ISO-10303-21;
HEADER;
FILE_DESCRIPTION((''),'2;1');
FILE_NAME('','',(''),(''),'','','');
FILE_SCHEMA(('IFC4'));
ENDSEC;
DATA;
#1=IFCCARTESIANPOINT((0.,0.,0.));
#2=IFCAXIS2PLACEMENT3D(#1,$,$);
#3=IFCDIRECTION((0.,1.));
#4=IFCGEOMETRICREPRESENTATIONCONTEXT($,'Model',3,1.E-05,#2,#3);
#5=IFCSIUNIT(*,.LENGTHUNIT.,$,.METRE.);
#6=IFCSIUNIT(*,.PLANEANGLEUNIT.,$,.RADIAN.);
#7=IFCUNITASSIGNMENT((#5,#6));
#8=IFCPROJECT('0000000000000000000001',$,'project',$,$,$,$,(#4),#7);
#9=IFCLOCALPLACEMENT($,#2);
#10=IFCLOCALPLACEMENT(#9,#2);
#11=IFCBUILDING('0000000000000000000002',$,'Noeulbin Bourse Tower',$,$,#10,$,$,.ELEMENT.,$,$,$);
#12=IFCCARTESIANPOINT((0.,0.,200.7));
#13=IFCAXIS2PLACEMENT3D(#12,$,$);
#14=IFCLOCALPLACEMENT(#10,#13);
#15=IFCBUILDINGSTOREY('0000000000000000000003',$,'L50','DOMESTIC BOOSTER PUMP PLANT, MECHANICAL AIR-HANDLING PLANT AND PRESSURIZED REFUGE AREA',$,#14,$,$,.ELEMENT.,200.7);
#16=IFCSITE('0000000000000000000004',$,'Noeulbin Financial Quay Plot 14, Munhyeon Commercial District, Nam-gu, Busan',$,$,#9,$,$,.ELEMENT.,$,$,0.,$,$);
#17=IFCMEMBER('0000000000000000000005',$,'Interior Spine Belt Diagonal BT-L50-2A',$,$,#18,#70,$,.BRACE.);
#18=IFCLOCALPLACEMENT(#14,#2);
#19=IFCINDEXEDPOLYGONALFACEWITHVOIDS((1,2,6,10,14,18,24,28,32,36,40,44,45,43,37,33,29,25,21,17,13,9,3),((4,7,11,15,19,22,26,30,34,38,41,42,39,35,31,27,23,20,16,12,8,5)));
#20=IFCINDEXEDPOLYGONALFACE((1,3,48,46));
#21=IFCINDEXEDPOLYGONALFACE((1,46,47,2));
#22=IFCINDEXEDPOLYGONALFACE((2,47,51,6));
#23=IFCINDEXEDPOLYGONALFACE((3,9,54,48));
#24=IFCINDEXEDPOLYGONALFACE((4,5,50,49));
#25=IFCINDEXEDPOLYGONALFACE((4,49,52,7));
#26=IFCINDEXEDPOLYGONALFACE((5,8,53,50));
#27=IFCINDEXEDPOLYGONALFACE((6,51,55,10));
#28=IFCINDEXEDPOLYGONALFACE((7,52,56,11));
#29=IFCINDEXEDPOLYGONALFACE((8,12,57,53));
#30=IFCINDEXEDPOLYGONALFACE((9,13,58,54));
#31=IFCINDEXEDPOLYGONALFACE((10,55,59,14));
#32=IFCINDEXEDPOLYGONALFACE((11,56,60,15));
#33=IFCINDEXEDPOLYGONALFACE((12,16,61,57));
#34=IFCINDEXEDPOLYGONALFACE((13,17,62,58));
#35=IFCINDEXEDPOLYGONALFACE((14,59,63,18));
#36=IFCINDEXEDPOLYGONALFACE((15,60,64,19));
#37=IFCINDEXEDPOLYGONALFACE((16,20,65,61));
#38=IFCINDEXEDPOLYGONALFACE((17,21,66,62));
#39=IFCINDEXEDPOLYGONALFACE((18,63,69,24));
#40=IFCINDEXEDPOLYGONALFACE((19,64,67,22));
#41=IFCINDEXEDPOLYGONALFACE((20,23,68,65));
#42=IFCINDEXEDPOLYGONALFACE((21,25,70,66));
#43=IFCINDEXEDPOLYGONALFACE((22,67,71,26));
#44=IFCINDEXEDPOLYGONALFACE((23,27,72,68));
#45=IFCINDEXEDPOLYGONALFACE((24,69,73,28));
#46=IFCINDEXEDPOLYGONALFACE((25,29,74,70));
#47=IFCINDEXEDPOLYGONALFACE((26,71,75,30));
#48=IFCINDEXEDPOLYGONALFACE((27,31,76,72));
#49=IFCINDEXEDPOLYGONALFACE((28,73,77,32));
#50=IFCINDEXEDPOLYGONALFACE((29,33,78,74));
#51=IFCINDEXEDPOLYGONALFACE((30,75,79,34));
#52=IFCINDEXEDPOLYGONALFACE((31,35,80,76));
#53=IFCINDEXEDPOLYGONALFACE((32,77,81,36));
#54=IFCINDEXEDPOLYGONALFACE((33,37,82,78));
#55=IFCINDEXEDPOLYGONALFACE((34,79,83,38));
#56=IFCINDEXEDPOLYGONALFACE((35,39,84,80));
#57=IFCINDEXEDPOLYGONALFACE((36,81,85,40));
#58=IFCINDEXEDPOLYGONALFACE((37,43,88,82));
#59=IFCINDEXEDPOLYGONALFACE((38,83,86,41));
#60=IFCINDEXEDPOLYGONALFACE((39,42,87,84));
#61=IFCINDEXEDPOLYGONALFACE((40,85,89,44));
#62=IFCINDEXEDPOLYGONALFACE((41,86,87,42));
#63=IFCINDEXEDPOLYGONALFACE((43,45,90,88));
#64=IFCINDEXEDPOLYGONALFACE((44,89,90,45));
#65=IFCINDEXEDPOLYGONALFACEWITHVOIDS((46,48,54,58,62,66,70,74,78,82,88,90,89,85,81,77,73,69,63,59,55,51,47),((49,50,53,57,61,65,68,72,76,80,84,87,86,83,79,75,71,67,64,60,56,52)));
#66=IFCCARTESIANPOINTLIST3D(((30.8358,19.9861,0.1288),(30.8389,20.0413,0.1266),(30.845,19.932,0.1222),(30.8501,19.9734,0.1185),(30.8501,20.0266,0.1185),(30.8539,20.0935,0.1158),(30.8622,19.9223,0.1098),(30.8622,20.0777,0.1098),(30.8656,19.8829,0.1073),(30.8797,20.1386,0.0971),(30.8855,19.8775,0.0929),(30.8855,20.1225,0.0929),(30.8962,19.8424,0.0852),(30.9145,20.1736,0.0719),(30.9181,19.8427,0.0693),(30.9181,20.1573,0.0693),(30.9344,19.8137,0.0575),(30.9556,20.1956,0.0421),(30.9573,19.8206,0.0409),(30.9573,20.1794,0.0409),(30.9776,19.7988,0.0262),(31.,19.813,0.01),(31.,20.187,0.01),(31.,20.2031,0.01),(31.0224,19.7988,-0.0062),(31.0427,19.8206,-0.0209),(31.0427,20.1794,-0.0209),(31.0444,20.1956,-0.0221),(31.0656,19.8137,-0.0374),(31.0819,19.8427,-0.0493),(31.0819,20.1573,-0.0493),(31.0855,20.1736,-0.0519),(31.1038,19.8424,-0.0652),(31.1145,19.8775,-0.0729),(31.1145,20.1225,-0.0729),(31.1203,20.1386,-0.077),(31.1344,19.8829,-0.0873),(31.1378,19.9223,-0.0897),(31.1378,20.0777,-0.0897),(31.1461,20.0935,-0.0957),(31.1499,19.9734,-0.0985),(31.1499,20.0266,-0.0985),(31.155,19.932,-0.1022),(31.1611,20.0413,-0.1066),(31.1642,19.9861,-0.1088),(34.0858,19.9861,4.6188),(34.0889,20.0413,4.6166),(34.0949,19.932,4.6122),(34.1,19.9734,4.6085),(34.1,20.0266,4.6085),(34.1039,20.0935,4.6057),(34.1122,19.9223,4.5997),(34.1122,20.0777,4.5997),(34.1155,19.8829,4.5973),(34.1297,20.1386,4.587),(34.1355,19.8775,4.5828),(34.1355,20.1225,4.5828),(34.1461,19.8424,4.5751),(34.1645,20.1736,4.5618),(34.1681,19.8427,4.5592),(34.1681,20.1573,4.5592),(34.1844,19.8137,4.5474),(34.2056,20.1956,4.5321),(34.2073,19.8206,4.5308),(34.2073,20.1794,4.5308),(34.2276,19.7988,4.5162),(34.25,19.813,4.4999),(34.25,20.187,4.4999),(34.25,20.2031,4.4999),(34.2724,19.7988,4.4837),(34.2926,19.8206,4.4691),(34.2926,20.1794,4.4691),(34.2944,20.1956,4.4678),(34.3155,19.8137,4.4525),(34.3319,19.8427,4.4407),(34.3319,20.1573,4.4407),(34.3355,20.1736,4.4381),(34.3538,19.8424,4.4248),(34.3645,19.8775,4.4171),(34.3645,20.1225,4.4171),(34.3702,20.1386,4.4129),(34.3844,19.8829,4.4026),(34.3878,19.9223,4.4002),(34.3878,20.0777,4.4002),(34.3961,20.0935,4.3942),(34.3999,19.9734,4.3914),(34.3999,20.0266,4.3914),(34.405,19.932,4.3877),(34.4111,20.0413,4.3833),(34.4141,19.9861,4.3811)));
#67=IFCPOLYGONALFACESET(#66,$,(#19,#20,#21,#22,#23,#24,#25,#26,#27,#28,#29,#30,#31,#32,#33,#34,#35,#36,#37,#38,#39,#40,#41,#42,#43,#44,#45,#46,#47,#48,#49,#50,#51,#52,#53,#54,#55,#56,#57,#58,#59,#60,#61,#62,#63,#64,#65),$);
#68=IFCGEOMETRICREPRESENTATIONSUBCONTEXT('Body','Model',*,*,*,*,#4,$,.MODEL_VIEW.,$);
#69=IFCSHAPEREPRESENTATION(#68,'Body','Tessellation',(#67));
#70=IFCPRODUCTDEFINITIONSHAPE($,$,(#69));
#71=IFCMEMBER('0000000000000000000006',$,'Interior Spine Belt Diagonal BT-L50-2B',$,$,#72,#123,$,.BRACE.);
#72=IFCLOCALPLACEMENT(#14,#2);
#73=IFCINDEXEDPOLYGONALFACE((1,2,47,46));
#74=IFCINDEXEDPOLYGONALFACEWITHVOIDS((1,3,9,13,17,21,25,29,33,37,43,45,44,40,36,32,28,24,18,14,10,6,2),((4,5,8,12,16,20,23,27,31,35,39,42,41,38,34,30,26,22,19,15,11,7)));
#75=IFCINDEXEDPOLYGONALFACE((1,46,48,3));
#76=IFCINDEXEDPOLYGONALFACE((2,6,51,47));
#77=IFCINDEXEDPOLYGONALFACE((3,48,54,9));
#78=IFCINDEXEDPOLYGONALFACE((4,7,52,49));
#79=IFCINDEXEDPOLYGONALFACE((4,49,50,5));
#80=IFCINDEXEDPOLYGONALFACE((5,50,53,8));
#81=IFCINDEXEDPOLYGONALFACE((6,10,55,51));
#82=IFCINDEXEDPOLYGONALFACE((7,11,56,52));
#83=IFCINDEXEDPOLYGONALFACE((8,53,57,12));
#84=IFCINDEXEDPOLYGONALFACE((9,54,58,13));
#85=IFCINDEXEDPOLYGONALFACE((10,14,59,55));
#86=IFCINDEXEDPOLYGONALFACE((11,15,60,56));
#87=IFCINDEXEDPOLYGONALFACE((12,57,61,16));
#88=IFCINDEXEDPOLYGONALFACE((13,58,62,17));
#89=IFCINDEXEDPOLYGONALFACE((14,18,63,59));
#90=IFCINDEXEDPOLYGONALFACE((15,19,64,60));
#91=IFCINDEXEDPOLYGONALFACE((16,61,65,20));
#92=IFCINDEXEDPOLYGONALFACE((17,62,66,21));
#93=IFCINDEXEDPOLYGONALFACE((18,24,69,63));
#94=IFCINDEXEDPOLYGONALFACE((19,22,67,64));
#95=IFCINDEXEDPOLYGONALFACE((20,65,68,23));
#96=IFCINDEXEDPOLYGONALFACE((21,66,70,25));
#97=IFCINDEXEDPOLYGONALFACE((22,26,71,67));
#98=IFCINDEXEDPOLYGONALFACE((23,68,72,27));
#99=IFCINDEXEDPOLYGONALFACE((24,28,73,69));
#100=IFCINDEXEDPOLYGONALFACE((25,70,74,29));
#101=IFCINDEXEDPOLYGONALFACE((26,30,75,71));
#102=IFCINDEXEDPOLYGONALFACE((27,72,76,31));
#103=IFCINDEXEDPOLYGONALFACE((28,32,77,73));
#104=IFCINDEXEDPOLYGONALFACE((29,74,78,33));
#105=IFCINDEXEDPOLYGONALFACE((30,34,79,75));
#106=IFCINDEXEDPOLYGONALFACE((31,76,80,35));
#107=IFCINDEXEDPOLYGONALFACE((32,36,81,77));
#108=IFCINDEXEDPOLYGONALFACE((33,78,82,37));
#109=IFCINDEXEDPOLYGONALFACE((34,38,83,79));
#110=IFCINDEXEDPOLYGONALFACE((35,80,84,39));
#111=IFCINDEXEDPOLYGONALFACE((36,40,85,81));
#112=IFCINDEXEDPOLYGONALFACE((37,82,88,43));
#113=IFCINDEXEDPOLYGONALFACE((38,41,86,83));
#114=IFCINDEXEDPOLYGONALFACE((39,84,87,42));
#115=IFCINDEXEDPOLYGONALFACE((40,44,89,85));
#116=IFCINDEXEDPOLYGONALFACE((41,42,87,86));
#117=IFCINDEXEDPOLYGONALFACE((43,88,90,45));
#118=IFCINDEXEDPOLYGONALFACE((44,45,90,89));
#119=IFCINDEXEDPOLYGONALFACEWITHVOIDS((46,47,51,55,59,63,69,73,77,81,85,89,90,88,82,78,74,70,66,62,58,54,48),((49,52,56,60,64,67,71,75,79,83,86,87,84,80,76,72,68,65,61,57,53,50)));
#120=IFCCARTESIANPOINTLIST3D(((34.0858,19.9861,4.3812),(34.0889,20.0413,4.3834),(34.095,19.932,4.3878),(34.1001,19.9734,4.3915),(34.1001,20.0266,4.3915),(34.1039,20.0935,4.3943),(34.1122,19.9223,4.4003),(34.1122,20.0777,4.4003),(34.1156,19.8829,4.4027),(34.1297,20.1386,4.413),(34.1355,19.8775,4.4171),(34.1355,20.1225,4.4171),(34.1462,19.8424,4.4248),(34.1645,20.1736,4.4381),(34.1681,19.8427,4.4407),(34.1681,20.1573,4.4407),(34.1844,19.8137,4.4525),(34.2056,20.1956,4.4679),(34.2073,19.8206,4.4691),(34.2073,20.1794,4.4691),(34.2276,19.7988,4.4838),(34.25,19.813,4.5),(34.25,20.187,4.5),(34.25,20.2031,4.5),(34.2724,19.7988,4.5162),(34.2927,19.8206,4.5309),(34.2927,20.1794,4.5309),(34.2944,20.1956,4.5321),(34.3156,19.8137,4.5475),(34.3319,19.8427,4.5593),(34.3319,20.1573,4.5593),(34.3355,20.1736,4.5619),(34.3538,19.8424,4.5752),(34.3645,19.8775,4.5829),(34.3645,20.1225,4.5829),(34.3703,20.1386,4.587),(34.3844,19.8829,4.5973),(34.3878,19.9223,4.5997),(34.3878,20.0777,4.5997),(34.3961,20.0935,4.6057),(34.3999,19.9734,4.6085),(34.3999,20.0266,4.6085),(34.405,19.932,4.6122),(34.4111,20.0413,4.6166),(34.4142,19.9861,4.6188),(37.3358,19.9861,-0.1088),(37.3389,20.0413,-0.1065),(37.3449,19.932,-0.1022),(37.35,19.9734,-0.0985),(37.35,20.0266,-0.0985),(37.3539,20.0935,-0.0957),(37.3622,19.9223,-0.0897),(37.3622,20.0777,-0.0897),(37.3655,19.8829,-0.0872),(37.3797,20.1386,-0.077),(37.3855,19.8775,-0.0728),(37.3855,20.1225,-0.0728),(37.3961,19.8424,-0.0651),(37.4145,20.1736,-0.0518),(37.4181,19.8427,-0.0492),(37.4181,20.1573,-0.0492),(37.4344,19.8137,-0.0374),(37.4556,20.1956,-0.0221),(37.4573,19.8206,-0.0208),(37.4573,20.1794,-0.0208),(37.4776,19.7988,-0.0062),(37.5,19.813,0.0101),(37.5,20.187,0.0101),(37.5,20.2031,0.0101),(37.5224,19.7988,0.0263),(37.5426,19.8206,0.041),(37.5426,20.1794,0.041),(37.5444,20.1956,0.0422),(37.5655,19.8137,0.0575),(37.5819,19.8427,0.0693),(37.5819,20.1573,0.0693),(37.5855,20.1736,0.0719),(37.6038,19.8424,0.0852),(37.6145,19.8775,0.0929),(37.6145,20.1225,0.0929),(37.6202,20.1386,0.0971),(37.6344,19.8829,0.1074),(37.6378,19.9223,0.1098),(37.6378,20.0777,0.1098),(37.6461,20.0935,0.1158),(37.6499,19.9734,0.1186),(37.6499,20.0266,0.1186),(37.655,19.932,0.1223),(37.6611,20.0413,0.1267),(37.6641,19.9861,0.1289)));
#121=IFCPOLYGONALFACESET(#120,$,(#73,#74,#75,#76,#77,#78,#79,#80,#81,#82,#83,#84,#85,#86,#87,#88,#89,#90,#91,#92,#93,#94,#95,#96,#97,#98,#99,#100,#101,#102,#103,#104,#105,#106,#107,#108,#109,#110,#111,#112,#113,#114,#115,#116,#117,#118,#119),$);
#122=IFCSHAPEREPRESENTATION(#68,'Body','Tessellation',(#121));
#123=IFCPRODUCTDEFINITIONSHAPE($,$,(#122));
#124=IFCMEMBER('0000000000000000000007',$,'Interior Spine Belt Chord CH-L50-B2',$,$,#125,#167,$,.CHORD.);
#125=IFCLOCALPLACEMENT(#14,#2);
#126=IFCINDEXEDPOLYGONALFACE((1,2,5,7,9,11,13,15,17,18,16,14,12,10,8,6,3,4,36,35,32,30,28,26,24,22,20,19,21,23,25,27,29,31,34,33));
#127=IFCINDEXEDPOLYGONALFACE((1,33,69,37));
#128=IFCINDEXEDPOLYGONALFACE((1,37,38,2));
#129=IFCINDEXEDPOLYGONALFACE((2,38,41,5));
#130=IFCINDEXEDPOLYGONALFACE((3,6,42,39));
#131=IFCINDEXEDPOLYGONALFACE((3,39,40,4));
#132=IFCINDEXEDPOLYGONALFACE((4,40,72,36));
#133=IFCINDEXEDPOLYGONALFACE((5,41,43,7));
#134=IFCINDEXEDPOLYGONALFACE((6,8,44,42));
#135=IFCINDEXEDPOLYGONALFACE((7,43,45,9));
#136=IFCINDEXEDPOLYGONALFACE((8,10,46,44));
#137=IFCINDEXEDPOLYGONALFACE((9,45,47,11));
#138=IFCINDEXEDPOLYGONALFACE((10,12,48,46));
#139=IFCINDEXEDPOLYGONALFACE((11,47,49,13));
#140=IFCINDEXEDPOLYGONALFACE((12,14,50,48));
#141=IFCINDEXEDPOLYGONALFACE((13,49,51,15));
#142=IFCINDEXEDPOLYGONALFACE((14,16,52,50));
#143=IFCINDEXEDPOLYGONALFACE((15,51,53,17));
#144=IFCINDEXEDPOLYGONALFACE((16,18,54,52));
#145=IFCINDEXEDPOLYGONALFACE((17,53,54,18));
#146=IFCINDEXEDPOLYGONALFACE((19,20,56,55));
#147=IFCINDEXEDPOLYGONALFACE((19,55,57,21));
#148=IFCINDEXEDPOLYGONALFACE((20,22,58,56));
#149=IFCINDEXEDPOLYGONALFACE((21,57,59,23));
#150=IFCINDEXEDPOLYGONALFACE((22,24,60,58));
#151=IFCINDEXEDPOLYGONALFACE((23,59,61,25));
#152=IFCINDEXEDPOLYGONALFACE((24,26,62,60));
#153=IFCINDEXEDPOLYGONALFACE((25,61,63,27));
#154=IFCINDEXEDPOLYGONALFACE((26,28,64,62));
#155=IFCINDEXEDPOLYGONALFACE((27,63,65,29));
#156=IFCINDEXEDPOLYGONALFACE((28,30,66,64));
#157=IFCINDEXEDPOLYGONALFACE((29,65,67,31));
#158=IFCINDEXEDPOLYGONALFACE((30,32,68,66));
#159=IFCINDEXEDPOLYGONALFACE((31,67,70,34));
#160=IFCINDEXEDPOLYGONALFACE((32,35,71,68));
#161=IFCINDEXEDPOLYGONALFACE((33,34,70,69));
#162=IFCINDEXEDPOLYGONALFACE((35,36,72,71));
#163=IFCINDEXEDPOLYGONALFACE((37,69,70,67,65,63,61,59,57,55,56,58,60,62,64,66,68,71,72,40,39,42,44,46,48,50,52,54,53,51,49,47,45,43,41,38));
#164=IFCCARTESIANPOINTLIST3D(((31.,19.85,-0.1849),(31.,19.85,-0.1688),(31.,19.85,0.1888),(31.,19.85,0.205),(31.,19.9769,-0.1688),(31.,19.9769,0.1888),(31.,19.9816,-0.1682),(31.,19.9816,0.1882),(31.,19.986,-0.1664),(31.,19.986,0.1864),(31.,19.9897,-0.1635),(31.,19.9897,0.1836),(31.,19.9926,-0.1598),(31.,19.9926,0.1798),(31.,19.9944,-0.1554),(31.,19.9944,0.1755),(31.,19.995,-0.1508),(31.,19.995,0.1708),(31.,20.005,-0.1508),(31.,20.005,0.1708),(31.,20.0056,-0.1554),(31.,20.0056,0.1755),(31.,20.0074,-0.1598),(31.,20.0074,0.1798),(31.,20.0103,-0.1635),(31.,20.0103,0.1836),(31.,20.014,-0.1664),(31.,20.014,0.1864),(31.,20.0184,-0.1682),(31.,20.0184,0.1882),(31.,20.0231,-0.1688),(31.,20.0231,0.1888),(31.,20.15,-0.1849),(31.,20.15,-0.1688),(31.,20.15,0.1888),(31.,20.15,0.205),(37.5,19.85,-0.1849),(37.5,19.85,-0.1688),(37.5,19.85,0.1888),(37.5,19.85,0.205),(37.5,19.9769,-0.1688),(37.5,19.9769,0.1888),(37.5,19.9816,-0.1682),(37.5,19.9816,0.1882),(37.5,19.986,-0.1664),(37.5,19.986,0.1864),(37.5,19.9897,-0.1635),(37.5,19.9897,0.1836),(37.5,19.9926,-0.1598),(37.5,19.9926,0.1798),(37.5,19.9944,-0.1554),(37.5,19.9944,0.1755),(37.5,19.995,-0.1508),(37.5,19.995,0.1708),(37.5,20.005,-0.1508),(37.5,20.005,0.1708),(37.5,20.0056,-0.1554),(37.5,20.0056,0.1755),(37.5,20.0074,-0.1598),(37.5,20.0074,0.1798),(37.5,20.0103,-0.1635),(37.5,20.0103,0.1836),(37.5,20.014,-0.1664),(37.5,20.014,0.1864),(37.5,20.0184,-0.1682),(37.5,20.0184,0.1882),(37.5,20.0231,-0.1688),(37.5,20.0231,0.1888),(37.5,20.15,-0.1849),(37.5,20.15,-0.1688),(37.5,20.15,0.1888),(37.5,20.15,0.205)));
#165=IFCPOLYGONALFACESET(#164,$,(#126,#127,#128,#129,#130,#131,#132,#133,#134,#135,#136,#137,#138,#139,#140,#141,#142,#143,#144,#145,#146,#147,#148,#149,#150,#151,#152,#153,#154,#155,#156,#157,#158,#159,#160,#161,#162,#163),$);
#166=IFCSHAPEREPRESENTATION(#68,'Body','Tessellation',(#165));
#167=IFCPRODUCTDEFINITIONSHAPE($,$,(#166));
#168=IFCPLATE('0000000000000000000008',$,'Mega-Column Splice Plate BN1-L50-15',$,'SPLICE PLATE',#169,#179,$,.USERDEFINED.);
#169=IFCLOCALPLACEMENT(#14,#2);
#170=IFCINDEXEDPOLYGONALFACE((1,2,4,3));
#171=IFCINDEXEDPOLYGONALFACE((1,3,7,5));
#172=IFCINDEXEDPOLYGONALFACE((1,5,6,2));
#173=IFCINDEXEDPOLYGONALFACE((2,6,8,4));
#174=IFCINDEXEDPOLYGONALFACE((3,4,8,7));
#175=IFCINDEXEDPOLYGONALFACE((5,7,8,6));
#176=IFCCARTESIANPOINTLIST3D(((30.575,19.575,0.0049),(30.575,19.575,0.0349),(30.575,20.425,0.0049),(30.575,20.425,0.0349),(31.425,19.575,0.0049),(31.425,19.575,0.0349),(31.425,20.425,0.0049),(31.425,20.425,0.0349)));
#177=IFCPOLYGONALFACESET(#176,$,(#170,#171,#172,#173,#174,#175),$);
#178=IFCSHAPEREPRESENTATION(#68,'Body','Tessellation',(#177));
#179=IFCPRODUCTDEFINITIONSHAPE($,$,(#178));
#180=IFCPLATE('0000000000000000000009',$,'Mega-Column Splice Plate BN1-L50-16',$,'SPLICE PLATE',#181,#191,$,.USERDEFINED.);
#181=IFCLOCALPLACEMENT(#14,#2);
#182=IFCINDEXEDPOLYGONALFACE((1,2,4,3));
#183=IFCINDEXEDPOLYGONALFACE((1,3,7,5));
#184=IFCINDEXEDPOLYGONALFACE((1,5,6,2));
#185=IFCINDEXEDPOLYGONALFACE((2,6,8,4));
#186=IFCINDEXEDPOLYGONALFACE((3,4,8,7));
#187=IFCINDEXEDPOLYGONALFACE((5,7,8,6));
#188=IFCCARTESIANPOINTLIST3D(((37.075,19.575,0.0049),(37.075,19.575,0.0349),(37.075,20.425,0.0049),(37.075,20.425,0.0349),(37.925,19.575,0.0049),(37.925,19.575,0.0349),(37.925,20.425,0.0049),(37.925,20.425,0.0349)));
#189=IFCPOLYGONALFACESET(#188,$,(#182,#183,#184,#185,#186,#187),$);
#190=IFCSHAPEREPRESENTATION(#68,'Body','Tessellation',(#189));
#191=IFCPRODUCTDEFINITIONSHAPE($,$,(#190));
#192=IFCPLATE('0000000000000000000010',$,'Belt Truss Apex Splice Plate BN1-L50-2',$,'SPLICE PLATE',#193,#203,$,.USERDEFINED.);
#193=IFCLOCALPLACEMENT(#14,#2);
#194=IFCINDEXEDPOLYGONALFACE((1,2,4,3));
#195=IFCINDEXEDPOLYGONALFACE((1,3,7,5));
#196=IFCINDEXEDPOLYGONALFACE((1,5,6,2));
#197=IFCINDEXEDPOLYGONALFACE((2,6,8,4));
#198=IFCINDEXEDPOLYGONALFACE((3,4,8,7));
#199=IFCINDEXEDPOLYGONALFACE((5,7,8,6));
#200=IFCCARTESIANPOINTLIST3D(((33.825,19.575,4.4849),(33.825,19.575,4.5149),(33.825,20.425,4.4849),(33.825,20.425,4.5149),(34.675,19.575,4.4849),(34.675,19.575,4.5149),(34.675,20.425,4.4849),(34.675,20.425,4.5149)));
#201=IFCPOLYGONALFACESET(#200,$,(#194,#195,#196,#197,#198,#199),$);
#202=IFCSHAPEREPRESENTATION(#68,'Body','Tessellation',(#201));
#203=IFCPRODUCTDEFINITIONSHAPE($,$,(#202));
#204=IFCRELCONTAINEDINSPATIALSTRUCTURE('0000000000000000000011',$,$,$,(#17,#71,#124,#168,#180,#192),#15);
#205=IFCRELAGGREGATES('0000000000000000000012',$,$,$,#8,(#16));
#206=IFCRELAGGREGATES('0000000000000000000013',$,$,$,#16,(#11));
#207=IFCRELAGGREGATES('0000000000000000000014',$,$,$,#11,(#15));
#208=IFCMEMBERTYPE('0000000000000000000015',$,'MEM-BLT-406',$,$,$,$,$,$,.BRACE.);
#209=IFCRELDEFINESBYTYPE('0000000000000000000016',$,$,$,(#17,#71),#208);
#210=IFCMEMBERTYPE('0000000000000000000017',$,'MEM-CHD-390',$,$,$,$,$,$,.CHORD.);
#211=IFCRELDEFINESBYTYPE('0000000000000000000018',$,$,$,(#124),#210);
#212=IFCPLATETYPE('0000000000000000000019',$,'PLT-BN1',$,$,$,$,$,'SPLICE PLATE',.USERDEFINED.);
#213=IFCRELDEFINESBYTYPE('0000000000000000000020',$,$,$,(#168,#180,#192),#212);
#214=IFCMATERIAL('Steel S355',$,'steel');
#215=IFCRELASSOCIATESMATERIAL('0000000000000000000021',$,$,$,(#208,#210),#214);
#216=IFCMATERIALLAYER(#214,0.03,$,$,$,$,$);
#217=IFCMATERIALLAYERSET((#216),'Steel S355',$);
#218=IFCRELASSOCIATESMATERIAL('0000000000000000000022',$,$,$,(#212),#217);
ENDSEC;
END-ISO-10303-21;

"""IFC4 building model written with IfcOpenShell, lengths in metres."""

from ifc_helpers import new_model, si_unit, direction, frame, origin, origin_2d, place, context, subcontext, project, spatial, rectangle, hollow_circle, i_section, extrude, material, layer, layer_set, material_profile, profile_set, type_object, element, save


model = new_model("IFC4")

# Units and contexts
model_context = context("Model", 3, precision=1e-05, world=origin(), true_north=direction((0.0, 1.0)))
body_context = subcontext(model_context, "Body", "Model", "MODEL_VIEW")
ifc_project = project(units=[si_unit("LENGTHUNIT", "METRE"), si_unit("PLANEANGLEUNIT", "RADIAN")], contexts=[model_context])

# Site, building, storey
site_placement = place(None, origin())
site = spatial("IfcSite", under=ifc_project, at=site_placement, Name="Noeulbin Financial Quay Plot 14, Munhyeon Commercial District, Nam-gu, Busan", CompositionType="ELEMENT", RefElevation=0.0)
building_placement = place(site_placement, origin())
building = spatial("IfcBuilding", under=site, at=building_placement, Name="Noeulbin Bourse Tower", CompositionType="ELEMENT")
storey_placement = place(building_placement, frame((0.0, 0.0, 200.7)))
storey = spatial("IfcBuildingStorey", under=building, at=storey_placement, Name="L50", Description="DOMESTIC BOOSTER PUMP PLANT, MECHANICAL AIR-HANDLING PLANT AND PRESSURIZED REFUGE AREA", CompositionType="ELEMENT", Elevation=200.7)

# Shared definitions
ifc_material_1 = material(Name="Steel S355", Category="steel")

# Members
ifc_material_profile_1 = material_profile(ifc_material_1, hollow_circle(Radius=0.2031, WallThickness=0.0161, at=origin_2d()), Name="CHS-406.4x16.0", Category="LoadBearing")
ifc_profile_set_1 = profile_set([ifc_material_profile_1], Name="Steel S355")
member_type_1 = type_object("IfcMemberType", Name="MEM-BLT-406", PredefinedType="BRACE", material=ifc_profile_set_1)
for number, where, z_axis, x_axis, name in (
    (1, (31.0, 20.0, 0.01), (0.586347, 0.0, 0.81006), (0.0, 1.0, 0.0), "Interior Spine Belt Diagonal BT-L50-2A"),
    (2, (34.25, 20.0, 4.5), (0.586347, 0.0, -0.81006), (0.0, 1.0, 0.0), "Interior Spine Belt Diagonal BT-L50-2B"),
):
    element("IfcMember", number, at=place(storey_placement, frame(where, z_axis=z_axis, x_axis=x_axis)), inside=storey, type_object=member_type_1, Name=name, PredefinedType="BRACE", context=body_context, shape_type="SweptSolid", body=[
        extrude(hollow_circle(Radius=0.2031, WallThickness=0.0161, at=origin_2d()), origin(), (0.0, 0.0, 1.0), 5.5427),
    ])
ifc_material_profile_2 = material_profile(ifc_material_1, i_section(OverallWidth=0.3, OverallDepth=0.3899, WebThickness=0.01, FlangeThickness=0.0161, FilletRadius=0.0181, at=origin_2d()), Name="H-390x300x10x16", Category="LoadBearing")
ifc_profile_set_2 = profile_set([ifc_material_profile_2], Name="Steel S355")
member_type_2 = type_object("IfcMemberType", Name="MEM-CHD-390", PredefinedType="CHORD", material=ifc_profile_set_2)
member_placement = place(storey_placement, frame((31.0, 20.0, 0.01), z_axis=(1.0, 0.0, 0.0), x_axis=(0.0, 1.0, 0.0)))
element("IfcMember", 3, at=member_placement, inside=storey, type_object=member_type_2, Name="Interior Spine Belt Chord CH-L50-B2", PredefinedType="CHORD", context=body_context, shape_type="SweptSolid", body=[
    extrude(i_section(OverallWidth=0.3, OverallDepth=0.3899, WebThickness=0.01, FlangeThickness=0.0161, FilletRadius=0.0181, at=origin_2d()), origin(), (0.0, 0.0, 1.0), 6.5),
])

# Plates
ifc_layer_1 = layer(ifc_material_1, 0.03)
ifc_layer_set_1 = layer_set([ifc_layer_1], Name="Steel S355")
plate_type_1 = type_object("IfcPlateType", Name="PLT-BN1", ElementType="SPLICE PLATE", PredefinedType="USERDEFINED", material=ifc_layer_set_1)
for number, where, z_axis, x_axis, name in (
    (4, (31.0, 20.0, 0.0049), (0.0, 0.0, 1.0), (1.0, 0.0, 0.0), "Mega-Column Splice Plate BN1-L50-15"),
    (5, (37.5, 20.0, 0.0049), (0.0, 0.0, 1.0), (1.0, 0.0, 0.0), "Mega-Column Splice Plate BN1-L50-16"),
    (6, (34.25, 20.0, 4.4849), (0.0, 0.0, 1.0), (1.0, 0.0, 0.0), "Belt Truss Apex Splice Plate BN1-L50-2"),
):
    element("IfcPlate", number, at=place(storey_placement, frame(where, z_axis=z_axis, x_axis=x_axis)), inside=storey, type_object=plate_type_1, Name=name, ObjectType="SPLICE PLATE", PredefinedType="USERDEFINED", context=body_context, shape_type="SweptSolid", body=[
        extrude(rectangle(XDim=0.8501, YDim=0.8501, at=origin_2d()), origin(), (0.0, 0.0, 1.0), 0.03),
    ])

save(model, "model.ifc")
